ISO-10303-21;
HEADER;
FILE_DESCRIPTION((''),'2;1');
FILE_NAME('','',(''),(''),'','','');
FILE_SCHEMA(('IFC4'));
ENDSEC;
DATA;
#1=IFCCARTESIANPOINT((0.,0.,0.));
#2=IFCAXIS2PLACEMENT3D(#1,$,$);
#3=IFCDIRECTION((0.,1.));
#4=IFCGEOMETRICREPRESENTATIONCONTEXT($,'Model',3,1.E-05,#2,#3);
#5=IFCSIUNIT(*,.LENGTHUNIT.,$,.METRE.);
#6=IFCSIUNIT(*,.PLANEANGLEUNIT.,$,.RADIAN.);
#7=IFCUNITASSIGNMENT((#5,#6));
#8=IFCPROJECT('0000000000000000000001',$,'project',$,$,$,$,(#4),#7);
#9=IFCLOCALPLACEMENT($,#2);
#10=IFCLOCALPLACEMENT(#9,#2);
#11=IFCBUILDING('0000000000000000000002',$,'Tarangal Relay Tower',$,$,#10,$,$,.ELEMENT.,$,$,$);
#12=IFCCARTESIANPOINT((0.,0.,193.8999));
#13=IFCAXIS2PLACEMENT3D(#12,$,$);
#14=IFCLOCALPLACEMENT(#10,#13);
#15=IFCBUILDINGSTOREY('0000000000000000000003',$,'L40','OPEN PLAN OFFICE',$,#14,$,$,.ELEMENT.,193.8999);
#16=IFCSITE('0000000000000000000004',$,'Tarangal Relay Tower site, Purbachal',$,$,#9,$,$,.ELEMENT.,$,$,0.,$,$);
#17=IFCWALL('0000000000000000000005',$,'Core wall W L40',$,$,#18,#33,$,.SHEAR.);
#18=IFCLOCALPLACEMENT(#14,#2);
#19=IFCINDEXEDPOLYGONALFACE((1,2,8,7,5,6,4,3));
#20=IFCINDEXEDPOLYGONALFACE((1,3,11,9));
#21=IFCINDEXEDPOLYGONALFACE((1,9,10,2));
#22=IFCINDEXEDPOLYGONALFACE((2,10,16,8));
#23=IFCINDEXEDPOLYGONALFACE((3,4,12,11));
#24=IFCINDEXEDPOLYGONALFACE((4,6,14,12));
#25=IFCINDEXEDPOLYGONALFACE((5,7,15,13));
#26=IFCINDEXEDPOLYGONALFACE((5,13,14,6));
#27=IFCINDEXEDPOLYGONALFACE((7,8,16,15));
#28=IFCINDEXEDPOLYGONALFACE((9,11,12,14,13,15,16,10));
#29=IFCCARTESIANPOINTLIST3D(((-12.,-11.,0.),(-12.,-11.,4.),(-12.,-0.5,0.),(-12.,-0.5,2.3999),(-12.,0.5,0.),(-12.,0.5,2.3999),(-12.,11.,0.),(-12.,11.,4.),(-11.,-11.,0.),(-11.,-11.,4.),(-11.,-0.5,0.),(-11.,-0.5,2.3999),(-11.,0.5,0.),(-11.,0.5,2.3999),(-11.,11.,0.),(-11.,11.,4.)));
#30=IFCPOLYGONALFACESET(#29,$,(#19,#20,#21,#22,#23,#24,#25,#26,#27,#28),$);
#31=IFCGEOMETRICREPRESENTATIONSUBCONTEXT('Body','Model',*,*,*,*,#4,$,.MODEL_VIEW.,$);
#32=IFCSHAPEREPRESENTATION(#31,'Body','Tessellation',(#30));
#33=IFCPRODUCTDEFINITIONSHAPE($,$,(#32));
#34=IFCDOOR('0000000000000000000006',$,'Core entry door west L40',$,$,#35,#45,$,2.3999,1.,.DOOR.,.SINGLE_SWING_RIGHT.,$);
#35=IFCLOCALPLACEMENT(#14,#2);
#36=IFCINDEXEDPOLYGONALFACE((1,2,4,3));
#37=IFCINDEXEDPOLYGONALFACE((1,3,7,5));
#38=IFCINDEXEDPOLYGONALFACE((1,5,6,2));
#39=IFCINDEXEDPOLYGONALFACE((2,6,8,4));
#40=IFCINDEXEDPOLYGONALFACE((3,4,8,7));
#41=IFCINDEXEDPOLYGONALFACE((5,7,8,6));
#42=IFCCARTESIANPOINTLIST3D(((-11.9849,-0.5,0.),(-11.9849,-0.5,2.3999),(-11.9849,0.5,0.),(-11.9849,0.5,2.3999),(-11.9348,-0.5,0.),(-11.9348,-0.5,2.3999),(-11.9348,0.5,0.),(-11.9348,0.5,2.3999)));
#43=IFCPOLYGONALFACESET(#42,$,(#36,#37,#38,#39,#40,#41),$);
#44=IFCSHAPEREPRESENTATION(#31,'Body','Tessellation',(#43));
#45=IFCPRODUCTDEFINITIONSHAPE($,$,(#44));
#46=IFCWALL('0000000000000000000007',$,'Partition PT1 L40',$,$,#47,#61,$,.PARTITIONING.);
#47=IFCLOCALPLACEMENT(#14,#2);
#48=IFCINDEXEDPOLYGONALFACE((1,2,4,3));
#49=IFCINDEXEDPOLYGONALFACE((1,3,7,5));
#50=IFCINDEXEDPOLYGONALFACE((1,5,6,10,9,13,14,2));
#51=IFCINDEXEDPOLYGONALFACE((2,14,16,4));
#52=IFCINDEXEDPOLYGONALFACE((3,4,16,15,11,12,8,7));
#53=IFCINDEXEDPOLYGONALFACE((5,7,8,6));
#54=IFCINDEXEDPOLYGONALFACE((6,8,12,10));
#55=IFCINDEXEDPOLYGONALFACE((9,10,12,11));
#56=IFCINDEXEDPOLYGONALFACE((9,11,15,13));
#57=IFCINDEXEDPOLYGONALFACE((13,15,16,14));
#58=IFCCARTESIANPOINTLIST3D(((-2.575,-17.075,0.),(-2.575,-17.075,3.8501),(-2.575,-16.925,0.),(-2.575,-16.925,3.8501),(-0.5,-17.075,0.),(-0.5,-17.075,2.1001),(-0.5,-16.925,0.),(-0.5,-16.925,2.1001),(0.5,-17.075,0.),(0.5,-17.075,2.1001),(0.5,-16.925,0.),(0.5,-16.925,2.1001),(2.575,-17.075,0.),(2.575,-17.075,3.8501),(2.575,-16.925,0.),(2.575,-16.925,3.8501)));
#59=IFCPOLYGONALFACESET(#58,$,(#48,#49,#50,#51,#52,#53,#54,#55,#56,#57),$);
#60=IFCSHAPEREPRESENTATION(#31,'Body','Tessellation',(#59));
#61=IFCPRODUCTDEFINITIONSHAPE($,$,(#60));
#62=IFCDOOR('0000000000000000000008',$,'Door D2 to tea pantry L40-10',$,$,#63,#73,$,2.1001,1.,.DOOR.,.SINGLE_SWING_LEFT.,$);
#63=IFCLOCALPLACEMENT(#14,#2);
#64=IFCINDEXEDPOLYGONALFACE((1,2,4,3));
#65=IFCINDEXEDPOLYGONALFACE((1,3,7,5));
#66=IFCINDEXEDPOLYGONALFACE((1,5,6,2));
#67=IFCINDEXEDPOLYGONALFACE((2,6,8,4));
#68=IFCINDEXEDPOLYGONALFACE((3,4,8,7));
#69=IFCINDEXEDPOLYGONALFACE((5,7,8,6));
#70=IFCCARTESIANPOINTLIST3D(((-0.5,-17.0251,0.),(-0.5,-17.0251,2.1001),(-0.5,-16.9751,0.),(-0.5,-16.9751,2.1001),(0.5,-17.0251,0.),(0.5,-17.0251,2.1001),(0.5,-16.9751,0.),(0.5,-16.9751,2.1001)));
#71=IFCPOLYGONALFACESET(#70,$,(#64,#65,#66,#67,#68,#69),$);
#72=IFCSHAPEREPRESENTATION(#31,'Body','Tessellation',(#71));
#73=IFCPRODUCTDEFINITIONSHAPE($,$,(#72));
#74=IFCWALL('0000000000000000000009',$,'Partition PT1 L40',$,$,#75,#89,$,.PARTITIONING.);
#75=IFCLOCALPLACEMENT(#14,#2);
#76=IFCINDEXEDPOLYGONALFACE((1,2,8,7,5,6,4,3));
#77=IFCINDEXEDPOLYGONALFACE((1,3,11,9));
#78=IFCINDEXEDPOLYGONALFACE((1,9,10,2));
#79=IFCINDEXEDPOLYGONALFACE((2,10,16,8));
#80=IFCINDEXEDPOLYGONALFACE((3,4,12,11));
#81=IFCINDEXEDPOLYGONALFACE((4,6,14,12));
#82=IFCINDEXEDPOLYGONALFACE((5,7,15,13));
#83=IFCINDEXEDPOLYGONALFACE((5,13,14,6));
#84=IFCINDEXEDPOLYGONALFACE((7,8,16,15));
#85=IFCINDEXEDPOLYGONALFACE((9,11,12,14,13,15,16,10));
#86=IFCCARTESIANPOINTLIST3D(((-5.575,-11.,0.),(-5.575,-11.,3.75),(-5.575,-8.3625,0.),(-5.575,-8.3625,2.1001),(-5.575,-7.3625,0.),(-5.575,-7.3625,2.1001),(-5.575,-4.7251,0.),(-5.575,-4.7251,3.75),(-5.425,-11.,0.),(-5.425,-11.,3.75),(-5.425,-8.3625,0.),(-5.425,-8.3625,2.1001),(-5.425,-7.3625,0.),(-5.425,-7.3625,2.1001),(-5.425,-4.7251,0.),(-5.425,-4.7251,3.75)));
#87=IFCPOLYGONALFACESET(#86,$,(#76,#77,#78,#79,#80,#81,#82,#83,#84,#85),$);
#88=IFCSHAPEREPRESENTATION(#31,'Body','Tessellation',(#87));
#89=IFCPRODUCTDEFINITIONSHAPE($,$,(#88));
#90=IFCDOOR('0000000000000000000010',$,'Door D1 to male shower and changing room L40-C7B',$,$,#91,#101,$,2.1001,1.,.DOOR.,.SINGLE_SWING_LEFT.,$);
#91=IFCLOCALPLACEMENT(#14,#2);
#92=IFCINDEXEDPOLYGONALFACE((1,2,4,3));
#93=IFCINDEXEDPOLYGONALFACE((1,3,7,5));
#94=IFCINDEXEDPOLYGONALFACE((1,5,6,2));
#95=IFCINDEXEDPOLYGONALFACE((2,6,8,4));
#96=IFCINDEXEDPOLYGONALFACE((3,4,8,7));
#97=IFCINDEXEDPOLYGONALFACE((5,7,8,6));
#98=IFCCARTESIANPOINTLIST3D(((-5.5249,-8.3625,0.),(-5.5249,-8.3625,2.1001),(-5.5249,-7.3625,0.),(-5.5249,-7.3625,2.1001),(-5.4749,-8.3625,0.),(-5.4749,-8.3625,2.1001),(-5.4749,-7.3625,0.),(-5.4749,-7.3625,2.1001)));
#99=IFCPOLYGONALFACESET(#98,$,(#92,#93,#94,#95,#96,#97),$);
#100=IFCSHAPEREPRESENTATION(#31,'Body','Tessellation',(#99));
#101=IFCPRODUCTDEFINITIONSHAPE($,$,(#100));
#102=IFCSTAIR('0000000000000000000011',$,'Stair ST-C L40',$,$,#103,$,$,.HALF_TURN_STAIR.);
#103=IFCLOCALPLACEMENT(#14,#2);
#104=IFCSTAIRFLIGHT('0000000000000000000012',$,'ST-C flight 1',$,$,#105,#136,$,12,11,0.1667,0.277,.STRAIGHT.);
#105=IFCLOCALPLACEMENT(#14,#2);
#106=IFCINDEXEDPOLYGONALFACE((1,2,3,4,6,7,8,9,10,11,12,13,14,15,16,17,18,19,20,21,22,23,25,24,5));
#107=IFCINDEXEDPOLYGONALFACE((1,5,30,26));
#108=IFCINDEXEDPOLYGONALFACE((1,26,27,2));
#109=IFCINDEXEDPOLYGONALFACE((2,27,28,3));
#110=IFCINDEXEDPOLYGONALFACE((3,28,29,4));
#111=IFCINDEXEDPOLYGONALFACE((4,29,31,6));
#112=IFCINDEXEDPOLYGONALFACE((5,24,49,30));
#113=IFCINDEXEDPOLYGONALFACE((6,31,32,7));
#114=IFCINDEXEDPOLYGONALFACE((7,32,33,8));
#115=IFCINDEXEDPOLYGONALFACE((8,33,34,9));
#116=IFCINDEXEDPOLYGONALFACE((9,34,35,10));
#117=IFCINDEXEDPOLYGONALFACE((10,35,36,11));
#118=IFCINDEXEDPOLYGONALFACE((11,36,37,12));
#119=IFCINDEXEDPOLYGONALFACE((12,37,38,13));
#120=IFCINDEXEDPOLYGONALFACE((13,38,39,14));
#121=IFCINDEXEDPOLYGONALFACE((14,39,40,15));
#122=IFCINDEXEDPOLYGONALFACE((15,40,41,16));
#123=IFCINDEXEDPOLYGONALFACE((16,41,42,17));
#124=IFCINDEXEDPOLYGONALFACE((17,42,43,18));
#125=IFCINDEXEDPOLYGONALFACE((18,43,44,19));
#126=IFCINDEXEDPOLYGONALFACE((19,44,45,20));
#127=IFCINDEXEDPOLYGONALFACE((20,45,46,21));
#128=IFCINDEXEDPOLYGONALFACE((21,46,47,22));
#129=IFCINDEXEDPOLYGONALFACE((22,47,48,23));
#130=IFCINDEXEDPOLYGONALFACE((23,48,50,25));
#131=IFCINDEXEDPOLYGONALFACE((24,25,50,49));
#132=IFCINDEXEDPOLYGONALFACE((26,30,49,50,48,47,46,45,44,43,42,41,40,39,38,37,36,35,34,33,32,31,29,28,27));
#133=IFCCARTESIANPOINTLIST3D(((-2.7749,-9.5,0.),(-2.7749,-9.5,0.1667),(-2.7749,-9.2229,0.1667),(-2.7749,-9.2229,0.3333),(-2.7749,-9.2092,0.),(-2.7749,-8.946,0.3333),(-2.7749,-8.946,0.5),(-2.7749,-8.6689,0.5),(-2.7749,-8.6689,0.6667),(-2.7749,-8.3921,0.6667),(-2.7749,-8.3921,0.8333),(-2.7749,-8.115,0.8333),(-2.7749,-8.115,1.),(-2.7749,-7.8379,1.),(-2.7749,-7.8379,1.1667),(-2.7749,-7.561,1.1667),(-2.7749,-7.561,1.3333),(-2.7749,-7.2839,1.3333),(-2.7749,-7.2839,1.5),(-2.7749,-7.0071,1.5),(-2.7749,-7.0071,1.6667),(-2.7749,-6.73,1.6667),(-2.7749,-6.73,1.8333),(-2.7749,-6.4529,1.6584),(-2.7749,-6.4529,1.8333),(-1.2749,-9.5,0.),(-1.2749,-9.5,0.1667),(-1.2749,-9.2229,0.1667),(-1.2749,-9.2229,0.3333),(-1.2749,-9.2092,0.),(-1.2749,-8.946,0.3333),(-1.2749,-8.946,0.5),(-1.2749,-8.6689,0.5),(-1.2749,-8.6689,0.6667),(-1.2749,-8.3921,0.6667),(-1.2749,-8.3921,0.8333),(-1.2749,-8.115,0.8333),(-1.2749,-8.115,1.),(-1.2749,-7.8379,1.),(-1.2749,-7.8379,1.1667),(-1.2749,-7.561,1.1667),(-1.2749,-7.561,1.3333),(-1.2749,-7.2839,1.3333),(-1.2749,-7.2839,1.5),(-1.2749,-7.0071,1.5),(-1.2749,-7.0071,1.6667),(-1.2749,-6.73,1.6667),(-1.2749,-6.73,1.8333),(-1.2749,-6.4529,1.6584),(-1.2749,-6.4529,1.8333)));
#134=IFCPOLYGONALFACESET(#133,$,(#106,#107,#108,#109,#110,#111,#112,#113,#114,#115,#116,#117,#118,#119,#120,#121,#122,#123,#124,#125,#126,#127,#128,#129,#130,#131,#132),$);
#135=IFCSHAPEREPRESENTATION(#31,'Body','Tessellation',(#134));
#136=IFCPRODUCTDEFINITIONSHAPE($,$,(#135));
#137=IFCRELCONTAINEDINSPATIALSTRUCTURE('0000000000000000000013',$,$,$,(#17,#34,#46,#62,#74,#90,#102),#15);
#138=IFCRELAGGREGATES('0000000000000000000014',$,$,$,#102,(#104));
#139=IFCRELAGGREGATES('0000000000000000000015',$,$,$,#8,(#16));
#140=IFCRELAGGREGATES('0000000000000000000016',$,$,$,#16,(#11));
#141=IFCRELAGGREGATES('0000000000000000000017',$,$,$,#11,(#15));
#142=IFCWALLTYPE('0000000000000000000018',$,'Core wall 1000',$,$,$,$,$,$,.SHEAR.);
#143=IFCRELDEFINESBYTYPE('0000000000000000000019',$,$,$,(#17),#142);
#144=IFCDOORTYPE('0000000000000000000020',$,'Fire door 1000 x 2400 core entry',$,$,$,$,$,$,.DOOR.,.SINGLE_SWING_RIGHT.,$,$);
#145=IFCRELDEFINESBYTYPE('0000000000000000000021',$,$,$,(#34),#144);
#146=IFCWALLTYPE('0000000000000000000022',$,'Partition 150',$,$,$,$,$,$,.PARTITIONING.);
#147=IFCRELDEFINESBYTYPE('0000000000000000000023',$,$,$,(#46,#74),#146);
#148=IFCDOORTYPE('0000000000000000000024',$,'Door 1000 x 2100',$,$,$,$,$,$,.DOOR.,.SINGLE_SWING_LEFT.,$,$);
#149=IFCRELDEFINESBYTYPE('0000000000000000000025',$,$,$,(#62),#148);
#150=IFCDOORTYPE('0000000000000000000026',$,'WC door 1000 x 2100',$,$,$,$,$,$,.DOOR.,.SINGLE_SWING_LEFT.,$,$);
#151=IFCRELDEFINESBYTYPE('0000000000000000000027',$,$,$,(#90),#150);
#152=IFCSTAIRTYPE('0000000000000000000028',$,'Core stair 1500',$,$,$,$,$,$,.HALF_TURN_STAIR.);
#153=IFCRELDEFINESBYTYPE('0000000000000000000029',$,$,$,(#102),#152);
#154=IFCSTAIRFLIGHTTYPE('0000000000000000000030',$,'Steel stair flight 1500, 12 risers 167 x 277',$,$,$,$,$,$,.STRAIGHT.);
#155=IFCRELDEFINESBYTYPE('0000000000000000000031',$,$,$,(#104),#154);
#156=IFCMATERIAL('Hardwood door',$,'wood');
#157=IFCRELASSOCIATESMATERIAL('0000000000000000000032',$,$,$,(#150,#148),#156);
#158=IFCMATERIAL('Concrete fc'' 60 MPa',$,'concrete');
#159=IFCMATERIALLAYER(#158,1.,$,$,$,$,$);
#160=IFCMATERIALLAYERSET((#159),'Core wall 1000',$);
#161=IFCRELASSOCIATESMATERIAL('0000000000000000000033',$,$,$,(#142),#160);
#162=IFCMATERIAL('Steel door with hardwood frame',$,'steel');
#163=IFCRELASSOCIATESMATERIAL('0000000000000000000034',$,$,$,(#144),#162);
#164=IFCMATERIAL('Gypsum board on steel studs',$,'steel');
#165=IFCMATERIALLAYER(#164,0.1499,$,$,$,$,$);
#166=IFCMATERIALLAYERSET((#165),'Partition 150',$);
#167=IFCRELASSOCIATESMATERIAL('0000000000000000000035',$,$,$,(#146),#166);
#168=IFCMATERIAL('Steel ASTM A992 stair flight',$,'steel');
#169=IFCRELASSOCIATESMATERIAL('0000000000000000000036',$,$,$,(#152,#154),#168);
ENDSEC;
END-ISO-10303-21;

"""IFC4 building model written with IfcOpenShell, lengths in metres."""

from ifc_helpers import new_model, si_unit, direction, frame, frame_2d, origin, place, context, subcontext, project, spatial, polyline, rectangle, outline, extrude, material, layer, layer_set, type_object, element, fill, aggregate, save


model = new_model("IFC4")

# Units and contexts
model_context = context("Model", 3, precision=1e-05, world=origin(), true_north=direction((0.0, 1.0)))
body_context = subcontext(model_context, "Body", "Model", "MODEL_VIEW")
ifc_project = project(units=[si_unit("LENGTHUNIT", "METRE"), si_unit("PLANEANGLEUNIT", "RADIAN")], contexts=[model_context])

# Site, building, storey
site_placement = place(None, origin())
site = spatial("IfcSite", under=ifc_project, at=site_placement, Name="Tarangal Relay Tower site, Purbachal", CompositionType="ELEMENT", RefElevation=0.0)
building_placement = place(site_placement, origin())
building = spatial("IfcBuilding", under=site, at=building_placement, Name="Tarangal Relay Tower", CompositionType="ELEMENT")
storey_placement = place(building_placement, frame((0.0, 0.0, 193.8999)))
storey = spatial("IfcBuildingStorey", under=building, at=storey_placement, Name="L40", Description="OPEN PLAN OFFICE", CompositionType="ELEMENT", Elevation=193.8999)

# Shared definitions
ifc_material_1 = material(Name="Concrete fc' 60 MPa", Category="concrete")
ifc_material_2 = material(Name="Hardwood door", Category="wood")
door_type_1 = type_object("IfcDoorType", Name="WC door 1000 x 2100", OperationType="SINGLE_SWING_LEFT", PredefinedType="DOOR", material=ifc_material_2)

# Walls, openings, doors
ifc_layer_1 = layer(ifc_material_1, 1.0)
ifc_layer_set_1 = layer_set([ifc_layer_1], Name="Core wall 1000")
wall_type_1 = type_object("IfcWallType", Name="Core wall 1000", PredefinedType="SHEAR", material=ifc_layer_set_1)
wall_1_placement = place(storey_placement, frame((-11.5, -11.0, 0.0), z_axis=(0.0, 0.0, 1.0), x_axis=(0.0, 1.0, 0.0)))
wall_1 = element("IfcWall", 1, at=wall_1_placement, inside=storey, type_object=wall_type_1, Name="Core wall W L40", PredefinedType="SHEAR", context=body_context, shape_type="SweptSolid", body=[
    extrude(rectangle(XDim=22.0, YDim=1.0, at=frame_2d((11.0, 0.0))), origin(), (0.0, 0.0, 1.0), 4.0),
])
opening_1_placement = place(wall_1_placement, frame((10.5, 0.0, 0.0)))
opening_1 = element("IfcOpeningElement", 2, at=opening_1_placement, cuts=wall_1, PredefinedType="OPENING", context=body_context, shape_type="SweptSolid", body=[
    extrude(rectangle(XDim=1.0, YDim=2.3999, at=frame_2d((0.5, 1.2))), frame((0.0, 0.51, 0.0), z_axis=(0.0, -1.0, 0.0), x_axis=(1.0, 0.0, 0.0)), (0.0, 0.0, 1.0), 1.02),
])
ifc_material_3 = material(Name="Steel door with hardwood frame", Category="steel")
door_type_2 = type_object("IfcDoorType", Name="Fire door 1000 x 2400 core entry", OperationType="SINGLE_SWING_RIGHT", PredefinedType="DOOR", material=ifc_material_3)
door_1_placement = place(opening_1_placement, origin())
door_1 = element("IfcDoor", 3, at=door_1_placement, inside=storey, type_object=door_type_2, Name="Core entry door west L40", OperationType="SINGLE_SWING_RIGHT", OverallHeight=2.3999, OverallWidth=1.0, PredefinedType="DOOR", context=body_context, shape_type="SweptSolid", body=[
    extrude(rectangle(XDim=1.0, YDim=2.3999, at=frame_2d((0.5, 1.2))), frame((0.0, 0.4849, 0.0), z_axis=(0.0, -1.0, 0.0), x_axis=(1.0, 0.0, 0.0)), (0.0, 0.0, 1.0), 0.05),
])
fill(opening_1, door_1)
ifc_material_4 = material(Name="Gypsum board on steel studs", Category="steel")
ifc_layer_2 = layer(ifc_material_4, 0.1499)
ifc_layer_set_2 = layer_set([ifc_layer_2], Name="Partition 150")
wall_type_2 = type_object("IfcWallType", Name="Partition 150", PredefinedType="PARTITIONING", material=ifc_layer_set_2)
wall_2_placement = place(storey_placement, frame((-2.575, -17.0, 0.0), z_axis=(0.0, 0.0, 1.0), x_axis=(1.0, 0.0, 0.0)))
wall_2 = element("IfcWall", 4, at=wall_2_placement, inside=storey, type_object=wall_type_2, Name="Partition PT1 L40", PredefinedType="PARTITIONING", context=body_context, shape_type="SweptSolid", body=[
    extrude(rectangle(XDim=5.1499, YDim=0.1499, at=frame_2d((2.575, 0.0))), origin(), (0.0, 0.0, 1.0), 3.8501),
])
opening_2_placement = place(wall_2_placement, frame((2.075, 0.0, 0.0)))
opening_2 = element("IfcOpeningElement", 5, at=opening_2_placement, cuts=wall_2, PredefinedType="OPENING", context=body_context, shape_type="SweptSolid", body=[
    extrude(rectangle(XDim=1.0, YDim=2.1001, at=frame_2d((0.5, 1.05))), frame((0.0, 0.085, 0.0), z_axis=(0.0, -1.0, 0.0), x_axis=(1.0, 0.0, 0.0)), (0.0, 0.0, 1.0), 0.1699),
])
door_type_3 = type_object("IfcDoorType", Name="Door 1000 x 2100", OperationType="SINGLE_SWING_LEFT", PredefinedType="DOOR", material=ifc_material_2)
door_2_placement = place(opening_2_placement, origin())
door_2 = element("IfcDoor", 6, at=door_2_placement, inside=storey, type_object=door_type_3, Name="Door D2 to tea pantry L40-10", OperationType="SINGLE_SWING_LEFT", OverallHeight=2.1001, OverallWidth=1.0, PredefinedType="DOOR", context=body_context, shape_type="SweptSolid", body=[
    extrude(rectangle(XDim=1.0, YDim=2.1001, at=frame_2d((0.5, 1.05))), frame((0.0, 0.0249, 0.0), z_axis=(0.0, -1.0, 0.0), x_axis=(1.0, 0.0, 0.0)), (0.0, 0.0, 1.0), 0.05),
])
fill(opening_2, door_2)
wall_3_placement = place(storey_placement, frame((-5.5, -11.0, 0.0), z_axis=(0.0, 0.0, 1.0), x_axis=(0.0, 1.0, 0.0)))
wall_3 = element("IfcWall", 7, at=wall_3_placement, inside=storey, type_object=wall_type_2, Name="Partition PT1 L40", PredefinedType="PARTITIONING", context=body_context, shape_type="SweptSolid", body=[
    extrude(rectangle(XDim=6.2749, YDim=0.1499, at=frame_2d((3.1375, 0.0))), origin(), (0.0, 0.0, 1.0), 3.75),
])
opening_3_placement = place(wall_3_placement, frame((2.6375, 0.0, 0.0)))
opening_3 = element("IfcOpeningElement", 8, at=opening_3_placement, cuts=wall_3, PredefinedType="OPENING", context=body_context, shape_type="SweptSolid", body=[
    extrude(rectangle(XDim=1.0, YDim=2.1001, at=frame_2d((0.5, 1.05))), frame((0.0, 0.085, 0.0), z_axis=(0.0, -1.0, 0.0), x_axis=(1.0, 0.0, 0.0)), (0.0, 0.0, 1.0), 0.1699),
])
door_3_placement = place(opening_3_placement, origin())
door_3 = element("IfcDoor", 9, at=door_3_placement, inside=storey, type_object=door_type_1, Name="Door D1 to male shower and changing room L40-C7B", OperationType="SINGLE_SWING_LEFT", OverallHeight=2.1001, OverallWidth=1.0, PredefinedType="DOOR", context=body_context, shape_type="SweptSolid", body=[
    extrude(rectangle(XDim=1.0, YDim=2.1001, at=frame_2d((0.5, 1.05))), frame((0.0, 0.0249, 0.0), z_axis=(0.0, -1.0, 0.0), x_axis=(1.0, 0.0, 0.0)), (0.0, 0.0, 1.0), 0.05),
])
fill(opening_3, door_3)

# Stair, stair flight
ifc_material_5 = material(Name="Steel ASTM A992 stair flight", Category="steel")
stair_type = type_object("IfcStairType", Name="Core stair 1500", PredefinedType="HALF_TURN_STAIR", material=ifc_material_5)
stair_placement = place(storey_placement, origin())
stair = element("IfcStair", 10, at=stair_placement, inside=storey, type_object=stair_type, Name="Stair ST-C L40", PredefinedType="HALF_TURN_STAIR")
stair_flight_type = type_object("IfcStairFlightType", Name="Steel stair flight 1500, 12 risers 167 x 277", PredefinedType="STRAIGHT", material=ifc_material_5)
stair_flight_placement = place(storey_placement, frame((-2.0249, -9.5, 0.0), z_axis=(0.0, 0.0, 1.0), x_axis=(0.0, 1.0, 0.0)))
stair_flight = element("IfcStairFlight", 11, at=stair_flight_placement, type_object=stair_flight_type, Name="ST-C flight 1", NumberOfRisers=12, NumberOfTreads=11, PredefinedType="STRAIGHT", RiserHeight=0.1667, TreadLength=0.277, context=body_context, shape_type="SweptSolid", body=[
    extrude(outline(polyline([(0.0, 0.0), (0.0, 0.1667), (0.2771, 0.1667), (0.2771, 0.3333), (0.554, 0.3333), (0.554, 0.5), (0.8311, 0.5), (0.8311, 0.6667), (1.1079, 0.6667), (1.1079, 0.8333), (1.385, 0.8333), (1.385, 1.0), (1.6621, 1.0), (1.6621, 1.1667), (1.939, 1.1667), (1.939, 1.3333), (2.2161, 1.3333), (2.2161, 1.5), (2.4929, 1.5), (2.4929, 1.6667), (2.77, 1.6667), (2.77, 1.8333), (3.0471, 1.8333), (3.0471, 2.0), (3.0471, 1.6584), (0.2908, 0.0), (0.0, 0.0)])), frame((0.0, 0.75, 0.0), z_axis=(0.0, -1.0, 0.0), x_axis=(1.0, 0.0, 0.0)), (0.0, 0.0, 1.0), 1.5),
])
aggregate(stair, [stair_flight])

save(model, "model.ifc")
